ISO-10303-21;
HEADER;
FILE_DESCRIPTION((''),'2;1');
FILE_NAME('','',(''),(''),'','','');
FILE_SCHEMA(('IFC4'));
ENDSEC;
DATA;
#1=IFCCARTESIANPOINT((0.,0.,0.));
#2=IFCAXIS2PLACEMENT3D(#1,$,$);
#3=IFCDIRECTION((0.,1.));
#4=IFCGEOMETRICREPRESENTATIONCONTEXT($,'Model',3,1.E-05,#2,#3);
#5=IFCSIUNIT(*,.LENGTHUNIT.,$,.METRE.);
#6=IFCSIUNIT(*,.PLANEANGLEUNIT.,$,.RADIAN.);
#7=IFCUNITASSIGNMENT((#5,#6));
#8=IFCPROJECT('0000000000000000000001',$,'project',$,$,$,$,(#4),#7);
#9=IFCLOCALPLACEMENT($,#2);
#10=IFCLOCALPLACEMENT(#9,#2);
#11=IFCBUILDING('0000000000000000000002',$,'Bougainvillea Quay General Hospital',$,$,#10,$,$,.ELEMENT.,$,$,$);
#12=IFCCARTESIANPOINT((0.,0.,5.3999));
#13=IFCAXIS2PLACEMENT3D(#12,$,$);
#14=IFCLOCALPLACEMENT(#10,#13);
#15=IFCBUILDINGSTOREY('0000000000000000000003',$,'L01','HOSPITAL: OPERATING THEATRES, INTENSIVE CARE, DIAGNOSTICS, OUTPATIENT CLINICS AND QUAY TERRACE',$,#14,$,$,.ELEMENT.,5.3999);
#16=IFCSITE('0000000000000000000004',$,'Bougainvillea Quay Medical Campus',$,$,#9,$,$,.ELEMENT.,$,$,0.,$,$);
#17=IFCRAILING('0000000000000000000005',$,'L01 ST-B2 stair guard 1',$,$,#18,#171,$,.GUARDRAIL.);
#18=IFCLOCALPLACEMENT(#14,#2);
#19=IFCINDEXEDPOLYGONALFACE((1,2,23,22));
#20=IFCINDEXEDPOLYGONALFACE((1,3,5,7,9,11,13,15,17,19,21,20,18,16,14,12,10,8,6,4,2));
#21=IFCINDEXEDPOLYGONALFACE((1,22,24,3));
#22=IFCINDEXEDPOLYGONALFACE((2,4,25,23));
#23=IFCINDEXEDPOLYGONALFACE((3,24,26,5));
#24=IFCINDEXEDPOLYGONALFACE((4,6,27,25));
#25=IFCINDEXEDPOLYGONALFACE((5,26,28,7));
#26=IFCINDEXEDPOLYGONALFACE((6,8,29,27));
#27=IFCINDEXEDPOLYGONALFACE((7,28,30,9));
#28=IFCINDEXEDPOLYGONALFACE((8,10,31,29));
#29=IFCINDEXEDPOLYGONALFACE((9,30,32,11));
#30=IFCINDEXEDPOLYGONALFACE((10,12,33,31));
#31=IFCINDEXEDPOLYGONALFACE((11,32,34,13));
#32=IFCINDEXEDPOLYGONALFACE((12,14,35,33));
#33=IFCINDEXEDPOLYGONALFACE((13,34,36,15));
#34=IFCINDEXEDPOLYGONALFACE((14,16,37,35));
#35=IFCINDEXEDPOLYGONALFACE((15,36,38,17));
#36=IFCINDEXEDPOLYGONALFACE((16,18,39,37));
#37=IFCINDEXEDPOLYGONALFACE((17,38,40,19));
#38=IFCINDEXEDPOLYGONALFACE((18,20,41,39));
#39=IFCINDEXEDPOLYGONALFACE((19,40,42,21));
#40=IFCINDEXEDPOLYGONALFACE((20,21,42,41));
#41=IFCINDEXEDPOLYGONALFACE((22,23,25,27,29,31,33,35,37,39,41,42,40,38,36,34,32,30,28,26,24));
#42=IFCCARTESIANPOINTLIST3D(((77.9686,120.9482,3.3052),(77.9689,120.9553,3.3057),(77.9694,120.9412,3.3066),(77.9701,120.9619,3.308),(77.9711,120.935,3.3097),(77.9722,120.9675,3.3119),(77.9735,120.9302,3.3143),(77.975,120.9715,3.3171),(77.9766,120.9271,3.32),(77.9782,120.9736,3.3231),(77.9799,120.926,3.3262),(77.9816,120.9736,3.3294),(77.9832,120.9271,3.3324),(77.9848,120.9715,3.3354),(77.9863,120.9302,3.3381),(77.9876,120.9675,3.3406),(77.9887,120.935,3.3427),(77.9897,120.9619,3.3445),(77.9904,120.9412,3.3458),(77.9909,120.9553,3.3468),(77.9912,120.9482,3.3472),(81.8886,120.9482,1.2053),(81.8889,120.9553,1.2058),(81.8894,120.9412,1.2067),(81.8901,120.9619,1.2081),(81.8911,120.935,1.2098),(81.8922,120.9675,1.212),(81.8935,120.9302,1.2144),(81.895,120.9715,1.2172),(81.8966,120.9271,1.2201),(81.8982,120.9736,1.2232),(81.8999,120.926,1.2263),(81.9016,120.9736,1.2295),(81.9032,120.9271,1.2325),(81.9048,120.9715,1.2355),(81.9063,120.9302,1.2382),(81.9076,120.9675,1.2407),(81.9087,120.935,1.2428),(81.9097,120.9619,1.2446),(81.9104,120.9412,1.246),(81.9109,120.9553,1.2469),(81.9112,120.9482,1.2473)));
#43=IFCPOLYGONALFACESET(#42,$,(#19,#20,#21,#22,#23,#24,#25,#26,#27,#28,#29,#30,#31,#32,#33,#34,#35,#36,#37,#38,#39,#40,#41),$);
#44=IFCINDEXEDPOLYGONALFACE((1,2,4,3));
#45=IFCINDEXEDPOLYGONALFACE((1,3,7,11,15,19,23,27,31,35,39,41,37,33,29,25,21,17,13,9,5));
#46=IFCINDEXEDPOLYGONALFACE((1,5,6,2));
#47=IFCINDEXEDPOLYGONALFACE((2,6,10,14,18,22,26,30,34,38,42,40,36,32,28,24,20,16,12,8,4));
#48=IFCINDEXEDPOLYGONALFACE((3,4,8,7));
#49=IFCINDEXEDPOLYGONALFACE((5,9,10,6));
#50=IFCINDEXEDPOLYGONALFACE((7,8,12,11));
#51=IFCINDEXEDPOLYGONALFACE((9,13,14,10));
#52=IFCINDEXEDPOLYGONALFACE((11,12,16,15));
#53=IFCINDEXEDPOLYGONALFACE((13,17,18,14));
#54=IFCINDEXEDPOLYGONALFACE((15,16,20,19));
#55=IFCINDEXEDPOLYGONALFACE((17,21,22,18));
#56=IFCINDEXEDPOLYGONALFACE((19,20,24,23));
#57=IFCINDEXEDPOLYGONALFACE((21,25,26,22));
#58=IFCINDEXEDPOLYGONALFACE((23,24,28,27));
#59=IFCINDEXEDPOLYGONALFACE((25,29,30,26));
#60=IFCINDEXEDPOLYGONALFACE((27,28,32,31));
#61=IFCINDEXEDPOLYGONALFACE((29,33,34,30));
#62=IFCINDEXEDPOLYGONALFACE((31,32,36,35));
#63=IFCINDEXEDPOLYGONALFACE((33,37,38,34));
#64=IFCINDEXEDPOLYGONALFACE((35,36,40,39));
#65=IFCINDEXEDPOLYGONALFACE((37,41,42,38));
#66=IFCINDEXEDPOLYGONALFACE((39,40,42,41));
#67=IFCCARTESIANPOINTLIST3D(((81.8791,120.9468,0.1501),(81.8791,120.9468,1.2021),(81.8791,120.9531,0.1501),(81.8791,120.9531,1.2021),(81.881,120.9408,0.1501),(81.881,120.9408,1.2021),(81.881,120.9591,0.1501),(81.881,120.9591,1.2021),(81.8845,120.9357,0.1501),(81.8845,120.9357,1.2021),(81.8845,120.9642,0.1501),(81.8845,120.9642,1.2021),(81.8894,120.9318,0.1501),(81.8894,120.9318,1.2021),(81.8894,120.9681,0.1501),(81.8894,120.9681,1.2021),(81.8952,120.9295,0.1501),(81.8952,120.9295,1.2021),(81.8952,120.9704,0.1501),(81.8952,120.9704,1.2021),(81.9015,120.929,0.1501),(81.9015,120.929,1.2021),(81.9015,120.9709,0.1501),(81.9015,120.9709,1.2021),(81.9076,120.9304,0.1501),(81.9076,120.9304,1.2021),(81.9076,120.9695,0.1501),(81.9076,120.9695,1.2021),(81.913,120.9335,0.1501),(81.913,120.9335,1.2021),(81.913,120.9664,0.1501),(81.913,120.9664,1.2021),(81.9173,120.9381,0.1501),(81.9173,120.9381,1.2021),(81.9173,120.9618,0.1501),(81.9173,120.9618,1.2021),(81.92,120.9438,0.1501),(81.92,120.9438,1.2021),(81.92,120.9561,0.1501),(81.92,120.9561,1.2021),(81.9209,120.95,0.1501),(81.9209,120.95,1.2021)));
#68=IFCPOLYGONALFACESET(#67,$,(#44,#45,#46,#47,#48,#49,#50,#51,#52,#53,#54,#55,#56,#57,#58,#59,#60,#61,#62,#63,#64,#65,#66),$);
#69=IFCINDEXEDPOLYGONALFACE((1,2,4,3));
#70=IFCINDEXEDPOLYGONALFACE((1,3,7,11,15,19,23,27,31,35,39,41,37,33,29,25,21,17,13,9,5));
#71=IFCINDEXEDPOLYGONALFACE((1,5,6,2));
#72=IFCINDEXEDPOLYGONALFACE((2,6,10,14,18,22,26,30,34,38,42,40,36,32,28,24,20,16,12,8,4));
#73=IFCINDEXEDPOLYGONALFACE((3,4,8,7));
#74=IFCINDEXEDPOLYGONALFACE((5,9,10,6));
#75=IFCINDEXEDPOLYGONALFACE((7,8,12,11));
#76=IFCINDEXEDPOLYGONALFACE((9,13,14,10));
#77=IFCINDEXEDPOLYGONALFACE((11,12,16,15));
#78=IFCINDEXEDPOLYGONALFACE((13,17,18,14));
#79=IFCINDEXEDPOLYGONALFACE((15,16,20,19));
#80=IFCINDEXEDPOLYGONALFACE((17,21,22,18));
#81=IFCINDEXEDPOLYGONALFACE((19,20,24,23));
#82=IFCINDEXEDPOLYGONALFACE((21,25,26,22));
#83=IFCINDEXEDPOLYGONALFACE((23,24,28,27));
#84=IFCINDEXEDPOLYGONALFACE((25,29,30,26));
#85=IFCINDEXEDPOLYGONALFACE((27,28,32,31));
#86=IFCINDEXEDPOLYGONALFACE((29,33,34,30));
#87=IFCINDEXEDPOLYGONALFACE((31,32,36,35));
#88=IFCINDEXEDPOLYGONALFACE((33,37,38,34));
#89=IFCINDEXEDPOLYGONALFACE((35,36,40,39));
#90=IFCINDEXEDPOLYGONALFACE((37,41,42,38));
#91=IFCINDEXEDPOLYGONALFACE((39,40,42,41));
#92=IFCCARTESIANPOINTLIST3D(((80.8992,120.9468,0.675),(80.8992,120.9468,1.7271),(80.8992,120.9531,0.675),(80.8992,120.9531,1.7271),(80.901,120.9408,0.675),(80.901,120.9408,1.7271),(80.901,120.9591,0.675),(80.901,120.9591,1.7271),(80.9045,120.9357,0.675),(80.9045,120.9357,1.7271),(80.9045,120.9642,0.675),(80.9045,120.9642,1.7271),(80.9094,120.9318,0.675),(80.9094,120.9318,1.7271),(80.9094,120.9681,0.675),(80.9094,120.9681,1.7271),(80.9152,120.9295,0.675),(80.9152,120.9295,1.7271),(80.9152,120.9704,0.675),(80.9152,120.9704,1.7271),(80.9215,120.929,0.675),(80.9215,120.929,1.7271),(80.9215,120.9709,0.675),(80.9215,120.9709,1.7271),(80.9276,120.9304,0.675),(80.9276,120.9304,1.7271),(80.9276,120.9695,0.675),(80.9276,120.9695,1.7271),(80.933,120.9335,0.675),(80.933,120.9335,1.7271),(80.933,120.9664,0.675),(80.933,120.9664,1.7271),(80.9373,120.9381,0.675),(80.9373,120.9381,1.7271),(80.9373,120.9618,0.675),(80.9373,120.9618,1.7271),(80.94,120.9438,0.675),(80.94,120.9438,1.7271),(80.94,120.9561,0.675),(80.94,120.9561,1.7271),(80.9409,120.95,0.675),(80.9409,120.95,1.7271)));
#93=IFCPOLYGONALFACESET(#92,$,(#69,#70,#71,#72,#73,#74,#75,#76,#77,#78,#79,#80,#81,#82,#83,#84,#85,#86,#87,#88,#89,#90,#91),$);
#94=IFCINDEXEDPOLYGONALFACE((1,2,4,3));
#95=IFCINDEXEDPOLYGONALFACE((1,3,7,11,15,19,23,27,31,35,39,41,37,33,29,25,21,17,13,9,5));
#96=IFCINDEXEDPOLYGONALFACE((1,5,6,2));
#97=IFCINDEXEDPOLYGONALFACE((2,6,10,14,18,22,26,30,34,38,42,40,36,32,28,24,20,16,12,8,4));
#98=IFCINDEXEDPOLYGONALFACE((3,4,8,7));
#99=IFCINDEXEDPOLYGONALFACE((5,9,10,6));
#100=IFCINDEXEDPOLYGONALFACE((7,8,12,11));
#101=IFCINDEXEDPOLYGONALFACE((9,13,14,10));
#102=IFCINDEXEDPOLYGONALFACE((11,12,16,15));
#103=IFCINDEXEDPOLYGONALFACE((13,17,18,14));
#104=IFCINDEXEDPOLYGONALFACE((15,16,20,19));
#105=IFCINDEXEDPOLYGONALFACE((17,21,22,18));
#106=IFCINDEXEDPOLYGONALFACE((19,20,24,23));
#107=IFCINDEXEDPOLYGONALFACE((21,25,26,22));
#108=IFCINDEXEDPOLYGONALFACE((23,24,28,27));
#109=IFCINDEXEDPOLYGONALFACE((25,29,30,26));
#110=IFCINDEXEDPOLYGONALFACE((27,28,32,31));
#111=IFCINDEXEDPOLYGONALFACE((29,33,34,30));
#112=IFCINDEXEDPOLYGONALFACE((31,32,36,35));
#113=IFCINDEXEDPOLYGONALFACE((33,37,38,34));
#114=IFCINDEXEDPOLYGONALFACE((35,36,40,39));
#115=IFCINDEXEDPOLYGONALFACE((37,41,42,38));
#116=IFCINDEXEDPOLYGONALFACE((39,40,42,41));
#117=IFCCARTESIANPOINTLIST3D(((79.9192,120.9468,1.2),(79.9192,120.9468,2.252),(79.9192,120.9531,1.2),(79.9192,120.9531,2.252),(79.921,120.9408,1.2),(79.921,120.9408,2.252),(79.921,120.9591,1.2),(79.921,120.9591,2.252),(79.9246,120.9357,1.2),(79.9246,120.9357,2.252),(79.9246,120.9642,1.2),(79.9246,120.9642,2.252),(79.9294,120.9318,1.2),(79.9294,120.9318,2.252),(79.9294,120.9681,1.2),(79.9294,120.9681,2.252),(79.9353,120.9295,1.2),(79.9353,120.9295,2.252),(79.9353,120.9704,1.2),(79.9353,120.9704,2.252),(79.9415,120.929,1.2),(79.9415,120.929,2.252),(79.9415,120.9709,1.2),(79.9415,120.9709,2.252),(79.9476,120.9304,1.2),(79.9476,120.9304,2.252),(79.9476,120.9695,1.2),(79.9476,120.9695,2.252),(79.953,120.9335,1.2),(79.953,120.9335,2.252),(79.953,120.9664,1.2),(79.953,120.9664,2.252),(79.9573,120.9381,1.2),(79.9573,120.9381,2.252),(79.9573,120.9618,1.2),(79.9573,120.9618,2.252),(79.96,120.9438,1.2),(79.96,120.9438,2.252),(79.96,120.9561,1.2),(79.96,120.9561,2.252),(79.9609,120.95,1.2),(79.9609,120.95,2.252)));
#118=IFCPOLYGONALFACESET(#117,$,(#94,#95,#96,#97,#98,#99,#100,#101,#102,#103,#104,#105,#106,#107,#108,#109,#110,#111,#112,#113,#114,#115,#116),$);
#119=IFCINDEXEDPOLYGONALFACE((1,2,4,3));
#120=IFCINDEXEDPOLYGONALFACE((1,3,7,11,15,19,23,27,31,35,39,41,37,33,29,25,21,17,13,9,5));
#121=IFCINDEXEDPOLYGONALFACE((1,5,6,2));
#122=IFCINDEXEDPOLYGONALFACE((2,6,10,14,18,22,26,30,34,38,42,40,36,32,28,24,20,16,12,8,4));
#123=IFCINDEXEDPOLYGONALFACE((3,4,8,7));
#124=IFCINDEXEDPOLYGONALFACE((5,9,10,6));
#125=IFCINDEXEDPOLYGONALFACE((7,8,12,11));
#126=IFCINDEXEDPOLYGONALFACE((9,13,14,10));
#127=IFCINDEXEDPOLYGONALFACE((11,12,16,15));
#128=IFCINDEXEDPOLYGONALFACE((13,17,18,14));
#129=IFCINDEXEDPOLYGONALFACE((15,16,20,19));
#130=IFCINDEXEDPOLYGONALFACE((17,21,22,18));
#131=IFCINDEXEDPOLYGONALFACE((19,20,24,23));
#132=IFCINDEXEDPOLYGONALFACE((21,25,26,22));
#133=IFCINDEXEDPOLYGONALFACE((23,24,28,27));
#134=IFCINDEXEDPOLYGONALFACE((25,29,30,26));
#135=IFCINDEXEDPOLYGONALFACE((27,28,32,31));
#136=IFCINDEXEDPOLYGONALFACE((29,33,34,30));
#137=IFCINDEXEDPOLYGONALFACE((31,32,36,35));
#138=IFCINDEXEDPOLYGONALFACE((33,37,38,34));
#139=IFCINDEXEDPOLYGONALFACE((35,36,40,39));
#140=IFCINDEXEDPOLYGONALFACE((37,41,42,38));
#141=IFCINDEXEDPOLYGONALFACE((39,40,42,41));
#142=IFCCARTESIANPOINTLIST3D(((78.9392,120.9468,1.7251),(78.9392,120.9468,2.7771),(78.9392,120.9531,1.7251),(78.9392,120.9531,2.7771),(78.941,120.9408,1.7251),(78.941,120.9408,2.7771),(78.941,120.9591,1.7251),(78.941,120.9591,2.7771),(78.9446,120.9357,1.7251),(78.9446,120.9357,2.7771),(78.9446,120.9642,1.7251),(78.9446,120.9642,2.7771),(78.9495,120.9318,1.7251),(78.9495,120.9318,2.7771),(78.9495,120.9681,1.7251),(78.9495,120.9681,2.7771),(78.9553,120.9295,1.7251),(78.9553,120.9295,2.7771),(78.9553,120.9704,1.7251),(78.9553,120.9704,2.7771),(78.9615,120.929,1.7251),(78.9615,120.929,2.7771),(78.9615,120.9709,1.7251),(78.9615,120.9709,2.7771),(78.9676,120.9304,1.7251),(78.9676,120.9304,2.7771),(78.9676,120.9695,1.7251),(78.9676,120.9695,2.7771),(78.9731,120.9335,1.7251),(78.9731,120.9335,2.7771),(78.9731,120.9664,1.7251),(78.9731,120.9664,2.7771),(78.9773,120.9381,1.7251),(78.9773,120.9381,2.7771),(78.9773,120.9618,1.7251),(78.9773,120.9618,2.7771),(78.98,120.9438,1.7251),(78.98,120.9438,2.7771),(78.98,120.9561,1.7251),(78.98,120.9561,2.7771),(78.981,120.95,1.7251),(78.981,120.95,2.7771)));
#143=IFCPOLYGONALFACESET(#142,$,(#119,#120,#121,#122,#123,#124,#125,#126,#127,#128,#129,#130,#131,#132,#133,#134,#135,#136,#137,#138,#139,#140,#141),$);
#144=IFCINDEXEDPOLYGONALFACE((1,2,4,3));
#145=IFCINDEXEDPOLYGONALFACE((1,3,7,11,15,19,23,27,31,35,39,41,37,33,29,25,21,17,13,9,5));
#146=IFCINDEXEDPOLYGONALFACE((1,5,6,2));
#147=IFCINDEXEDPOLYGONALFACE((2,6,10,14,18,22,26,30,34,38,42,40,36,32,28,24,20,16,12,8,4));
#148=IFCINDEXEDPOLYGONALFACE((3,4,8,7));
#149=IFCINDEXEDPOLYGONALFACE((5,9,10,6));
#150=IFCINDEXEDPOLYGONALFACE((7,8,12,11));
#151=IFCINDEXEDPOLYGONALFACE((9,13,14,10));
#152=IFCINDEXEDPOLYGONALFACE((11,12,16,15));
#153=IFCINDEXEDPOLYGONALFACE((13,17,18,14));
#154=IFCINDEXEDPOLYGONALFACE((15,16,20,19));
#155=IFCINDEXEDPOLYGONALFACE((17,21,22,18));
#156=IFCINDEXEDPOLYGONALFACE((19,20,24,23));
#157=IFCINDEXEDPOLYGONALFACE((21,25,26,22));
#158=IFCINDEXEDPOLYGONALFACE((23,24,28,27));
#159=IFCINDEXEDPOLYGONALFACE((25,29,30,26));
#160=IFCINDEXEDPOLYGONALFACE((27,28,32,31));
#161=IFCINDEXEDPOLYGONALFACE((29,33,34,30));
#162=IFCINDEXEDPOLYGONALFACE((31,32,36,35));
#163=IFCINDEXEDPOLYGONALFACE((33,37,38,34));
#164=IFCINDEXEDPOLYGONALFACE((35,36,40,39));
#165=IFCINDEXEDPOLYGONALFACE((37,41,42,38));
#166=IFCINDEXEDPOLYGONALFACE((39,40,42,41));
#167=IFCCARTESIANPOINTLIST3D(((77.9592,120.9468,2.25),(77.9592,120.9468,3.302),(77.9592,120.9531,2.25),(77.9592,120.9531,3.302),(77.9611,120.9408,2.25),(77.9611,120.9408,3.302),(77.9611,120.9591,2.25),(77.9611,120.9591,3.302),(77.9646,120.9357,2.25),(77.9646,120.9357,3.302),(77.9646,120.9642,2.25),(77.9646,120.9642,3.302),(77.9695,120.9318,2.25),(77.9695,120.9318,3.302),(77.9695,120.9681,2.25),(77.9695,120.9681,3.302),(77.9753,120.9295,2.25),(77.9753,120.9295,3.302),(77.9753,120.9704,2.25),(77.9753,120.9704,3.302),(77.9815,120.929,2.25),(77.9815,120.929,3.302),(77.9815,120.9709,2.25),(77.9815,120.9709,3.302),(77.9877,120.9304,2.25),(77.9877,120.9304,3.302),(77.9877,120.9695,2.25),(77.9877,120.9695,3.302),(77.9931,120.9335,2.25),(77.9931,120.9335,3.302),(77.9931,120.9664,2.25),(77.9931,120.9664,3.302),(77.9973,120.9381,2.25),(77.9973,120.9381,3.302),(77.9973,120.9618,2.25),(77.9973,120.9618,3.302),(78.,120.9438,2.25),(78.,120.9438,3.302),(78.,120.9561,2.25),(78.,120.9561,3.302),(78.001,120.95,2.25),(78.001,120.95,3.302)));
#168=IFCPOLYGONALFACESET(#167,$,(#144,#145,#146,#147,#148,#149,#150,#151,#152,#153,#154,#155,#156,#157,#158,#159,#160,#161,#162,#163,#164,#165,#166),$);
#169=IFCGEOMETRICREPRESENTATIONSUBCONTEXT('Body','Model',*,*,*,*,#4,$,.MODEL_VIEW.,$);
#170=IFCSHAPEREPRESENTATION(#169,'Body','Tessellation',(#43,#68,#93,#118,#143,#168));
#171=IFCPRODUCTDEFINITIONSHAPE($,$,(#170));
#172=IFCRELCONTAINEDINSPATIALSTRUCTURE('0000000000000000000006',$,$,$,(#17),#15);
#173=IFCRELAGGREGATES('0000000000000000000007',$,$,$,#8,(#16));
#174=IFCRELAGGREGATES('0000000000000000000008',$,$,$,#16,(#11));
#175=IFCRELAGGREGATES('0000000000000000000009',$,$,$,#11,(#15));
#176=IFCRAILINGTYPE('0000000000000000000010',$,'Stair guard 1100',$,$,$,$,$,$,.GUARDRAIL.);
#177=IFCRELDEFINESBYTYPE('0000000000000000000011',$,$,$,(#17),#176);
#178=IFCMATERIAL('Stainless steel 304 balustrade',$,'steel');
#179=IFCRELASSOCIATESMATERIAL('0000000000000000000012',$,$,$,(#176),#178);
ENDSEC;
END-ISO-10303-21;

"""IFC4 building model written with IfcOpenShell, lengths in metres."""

from ifc_helpers import new_model, si_unit, direction, frame, origin, origin_2d, place, context, subcontext, project, spatial, circle, extrude, material, type_object, element, save


model = new_model("IFC4")

# Units and contexts
model_context = context("Model", 3, precision=1e-05, world=origin(), true_north=direction((0.0, 1.0)))
body_context = subcontext(model_context, "Body", "Model", "MODEL_VIEW")
ifc_project = project(units=[si_unit("LENGTHUNIT", "METRE"), si_unit("PLANEANGLEUNIT", "RADIAN")], contexts=[model_context])

# Site, building, storey
site_placement = place(None, origin())
site = spatial("IfcSite", under=ifc_project, at=site_placement, Name="Bougainvillea Quay Medical Campus", CompositionType="ELEMENT", RefElevation=0.0)
building_placement = place(site_placement, origin())
building = spatial("IfcBuilding", under=site, at=building_placement, Name="Bougainvillea Quay General Hospital", CompositionType="ELEMENT")
storey_placement = place(building_placement, frame((0.0, 0.0, 5.3999)))
storey = spatial("IfcBuildingStorey", under=building, at=storey_placement, Name="L01", Description="HOSPITAL: OPERATING THEATRES, INTENSIVE CARE, DIAGNOSTICS, OUTPATIENT CLINICS AND QUAY TERRACE", CompositionType="ELEMENT", Elevation=5.3999)

# Railing
ifc_material_1 = material(Name="Stainless steel 304 balustrade", Category="steel")
railing_type_1 = type_object("IfcRailingType", Name="Stair guard 1100", PredefinedType="GUARDRAIL", material=ifc_material_1)
railing_1_placement = place(storey_placement, frame((81.8999, 120.95, 0.1501)))
element("IfcRailing", 1, at=railing_1_placement, inside=storey, type_object=railing_type_1, Name="L01 ST-B2 stair guard 1", PredefinedType="GUARDRAIL", context=body_context, shape_type="SweptSolid", body=[
    extrude(circle(Radius=0.0239, at=origin_2d()), frame((0.0, 0.0, 1.0762), z_axis=(-0.88149, 0.0, 0.472203), x_axis=(0.0, -1.0, 0.0)), (0.0, 0.0, 1.0), 4.447),
    extrude(circle(Radius=0.021, at=origin_2d()), origin(), (0.0, 0.0, 1.0), 1.052),
    extrude(circle(Radius=0.021, at=origin_2d()), frame((-0.98, 0.0, 0.5249)), (0.0, 0.0, 1.0), 1.052),
    extrude(circle(Radius=0.021, at=origin_2d()), frame((-1.96, 0.0, 1.0498)), (0.0, 0.0, 1.0), 1.052),
    extrude(circle(Radius=0.021, at=origin_2d()), frame((-2.9399, 0.0, 1.575)), (0.0, 0.0, 1.0), 1.052),
    extrude(circle(Radius=0.021, at=origin_2d()), frame((-3.9199, 0.0, 2.0999)), (0.0, 0.0, 1.0), 1.052),
])

save(model, "model.ifc")
